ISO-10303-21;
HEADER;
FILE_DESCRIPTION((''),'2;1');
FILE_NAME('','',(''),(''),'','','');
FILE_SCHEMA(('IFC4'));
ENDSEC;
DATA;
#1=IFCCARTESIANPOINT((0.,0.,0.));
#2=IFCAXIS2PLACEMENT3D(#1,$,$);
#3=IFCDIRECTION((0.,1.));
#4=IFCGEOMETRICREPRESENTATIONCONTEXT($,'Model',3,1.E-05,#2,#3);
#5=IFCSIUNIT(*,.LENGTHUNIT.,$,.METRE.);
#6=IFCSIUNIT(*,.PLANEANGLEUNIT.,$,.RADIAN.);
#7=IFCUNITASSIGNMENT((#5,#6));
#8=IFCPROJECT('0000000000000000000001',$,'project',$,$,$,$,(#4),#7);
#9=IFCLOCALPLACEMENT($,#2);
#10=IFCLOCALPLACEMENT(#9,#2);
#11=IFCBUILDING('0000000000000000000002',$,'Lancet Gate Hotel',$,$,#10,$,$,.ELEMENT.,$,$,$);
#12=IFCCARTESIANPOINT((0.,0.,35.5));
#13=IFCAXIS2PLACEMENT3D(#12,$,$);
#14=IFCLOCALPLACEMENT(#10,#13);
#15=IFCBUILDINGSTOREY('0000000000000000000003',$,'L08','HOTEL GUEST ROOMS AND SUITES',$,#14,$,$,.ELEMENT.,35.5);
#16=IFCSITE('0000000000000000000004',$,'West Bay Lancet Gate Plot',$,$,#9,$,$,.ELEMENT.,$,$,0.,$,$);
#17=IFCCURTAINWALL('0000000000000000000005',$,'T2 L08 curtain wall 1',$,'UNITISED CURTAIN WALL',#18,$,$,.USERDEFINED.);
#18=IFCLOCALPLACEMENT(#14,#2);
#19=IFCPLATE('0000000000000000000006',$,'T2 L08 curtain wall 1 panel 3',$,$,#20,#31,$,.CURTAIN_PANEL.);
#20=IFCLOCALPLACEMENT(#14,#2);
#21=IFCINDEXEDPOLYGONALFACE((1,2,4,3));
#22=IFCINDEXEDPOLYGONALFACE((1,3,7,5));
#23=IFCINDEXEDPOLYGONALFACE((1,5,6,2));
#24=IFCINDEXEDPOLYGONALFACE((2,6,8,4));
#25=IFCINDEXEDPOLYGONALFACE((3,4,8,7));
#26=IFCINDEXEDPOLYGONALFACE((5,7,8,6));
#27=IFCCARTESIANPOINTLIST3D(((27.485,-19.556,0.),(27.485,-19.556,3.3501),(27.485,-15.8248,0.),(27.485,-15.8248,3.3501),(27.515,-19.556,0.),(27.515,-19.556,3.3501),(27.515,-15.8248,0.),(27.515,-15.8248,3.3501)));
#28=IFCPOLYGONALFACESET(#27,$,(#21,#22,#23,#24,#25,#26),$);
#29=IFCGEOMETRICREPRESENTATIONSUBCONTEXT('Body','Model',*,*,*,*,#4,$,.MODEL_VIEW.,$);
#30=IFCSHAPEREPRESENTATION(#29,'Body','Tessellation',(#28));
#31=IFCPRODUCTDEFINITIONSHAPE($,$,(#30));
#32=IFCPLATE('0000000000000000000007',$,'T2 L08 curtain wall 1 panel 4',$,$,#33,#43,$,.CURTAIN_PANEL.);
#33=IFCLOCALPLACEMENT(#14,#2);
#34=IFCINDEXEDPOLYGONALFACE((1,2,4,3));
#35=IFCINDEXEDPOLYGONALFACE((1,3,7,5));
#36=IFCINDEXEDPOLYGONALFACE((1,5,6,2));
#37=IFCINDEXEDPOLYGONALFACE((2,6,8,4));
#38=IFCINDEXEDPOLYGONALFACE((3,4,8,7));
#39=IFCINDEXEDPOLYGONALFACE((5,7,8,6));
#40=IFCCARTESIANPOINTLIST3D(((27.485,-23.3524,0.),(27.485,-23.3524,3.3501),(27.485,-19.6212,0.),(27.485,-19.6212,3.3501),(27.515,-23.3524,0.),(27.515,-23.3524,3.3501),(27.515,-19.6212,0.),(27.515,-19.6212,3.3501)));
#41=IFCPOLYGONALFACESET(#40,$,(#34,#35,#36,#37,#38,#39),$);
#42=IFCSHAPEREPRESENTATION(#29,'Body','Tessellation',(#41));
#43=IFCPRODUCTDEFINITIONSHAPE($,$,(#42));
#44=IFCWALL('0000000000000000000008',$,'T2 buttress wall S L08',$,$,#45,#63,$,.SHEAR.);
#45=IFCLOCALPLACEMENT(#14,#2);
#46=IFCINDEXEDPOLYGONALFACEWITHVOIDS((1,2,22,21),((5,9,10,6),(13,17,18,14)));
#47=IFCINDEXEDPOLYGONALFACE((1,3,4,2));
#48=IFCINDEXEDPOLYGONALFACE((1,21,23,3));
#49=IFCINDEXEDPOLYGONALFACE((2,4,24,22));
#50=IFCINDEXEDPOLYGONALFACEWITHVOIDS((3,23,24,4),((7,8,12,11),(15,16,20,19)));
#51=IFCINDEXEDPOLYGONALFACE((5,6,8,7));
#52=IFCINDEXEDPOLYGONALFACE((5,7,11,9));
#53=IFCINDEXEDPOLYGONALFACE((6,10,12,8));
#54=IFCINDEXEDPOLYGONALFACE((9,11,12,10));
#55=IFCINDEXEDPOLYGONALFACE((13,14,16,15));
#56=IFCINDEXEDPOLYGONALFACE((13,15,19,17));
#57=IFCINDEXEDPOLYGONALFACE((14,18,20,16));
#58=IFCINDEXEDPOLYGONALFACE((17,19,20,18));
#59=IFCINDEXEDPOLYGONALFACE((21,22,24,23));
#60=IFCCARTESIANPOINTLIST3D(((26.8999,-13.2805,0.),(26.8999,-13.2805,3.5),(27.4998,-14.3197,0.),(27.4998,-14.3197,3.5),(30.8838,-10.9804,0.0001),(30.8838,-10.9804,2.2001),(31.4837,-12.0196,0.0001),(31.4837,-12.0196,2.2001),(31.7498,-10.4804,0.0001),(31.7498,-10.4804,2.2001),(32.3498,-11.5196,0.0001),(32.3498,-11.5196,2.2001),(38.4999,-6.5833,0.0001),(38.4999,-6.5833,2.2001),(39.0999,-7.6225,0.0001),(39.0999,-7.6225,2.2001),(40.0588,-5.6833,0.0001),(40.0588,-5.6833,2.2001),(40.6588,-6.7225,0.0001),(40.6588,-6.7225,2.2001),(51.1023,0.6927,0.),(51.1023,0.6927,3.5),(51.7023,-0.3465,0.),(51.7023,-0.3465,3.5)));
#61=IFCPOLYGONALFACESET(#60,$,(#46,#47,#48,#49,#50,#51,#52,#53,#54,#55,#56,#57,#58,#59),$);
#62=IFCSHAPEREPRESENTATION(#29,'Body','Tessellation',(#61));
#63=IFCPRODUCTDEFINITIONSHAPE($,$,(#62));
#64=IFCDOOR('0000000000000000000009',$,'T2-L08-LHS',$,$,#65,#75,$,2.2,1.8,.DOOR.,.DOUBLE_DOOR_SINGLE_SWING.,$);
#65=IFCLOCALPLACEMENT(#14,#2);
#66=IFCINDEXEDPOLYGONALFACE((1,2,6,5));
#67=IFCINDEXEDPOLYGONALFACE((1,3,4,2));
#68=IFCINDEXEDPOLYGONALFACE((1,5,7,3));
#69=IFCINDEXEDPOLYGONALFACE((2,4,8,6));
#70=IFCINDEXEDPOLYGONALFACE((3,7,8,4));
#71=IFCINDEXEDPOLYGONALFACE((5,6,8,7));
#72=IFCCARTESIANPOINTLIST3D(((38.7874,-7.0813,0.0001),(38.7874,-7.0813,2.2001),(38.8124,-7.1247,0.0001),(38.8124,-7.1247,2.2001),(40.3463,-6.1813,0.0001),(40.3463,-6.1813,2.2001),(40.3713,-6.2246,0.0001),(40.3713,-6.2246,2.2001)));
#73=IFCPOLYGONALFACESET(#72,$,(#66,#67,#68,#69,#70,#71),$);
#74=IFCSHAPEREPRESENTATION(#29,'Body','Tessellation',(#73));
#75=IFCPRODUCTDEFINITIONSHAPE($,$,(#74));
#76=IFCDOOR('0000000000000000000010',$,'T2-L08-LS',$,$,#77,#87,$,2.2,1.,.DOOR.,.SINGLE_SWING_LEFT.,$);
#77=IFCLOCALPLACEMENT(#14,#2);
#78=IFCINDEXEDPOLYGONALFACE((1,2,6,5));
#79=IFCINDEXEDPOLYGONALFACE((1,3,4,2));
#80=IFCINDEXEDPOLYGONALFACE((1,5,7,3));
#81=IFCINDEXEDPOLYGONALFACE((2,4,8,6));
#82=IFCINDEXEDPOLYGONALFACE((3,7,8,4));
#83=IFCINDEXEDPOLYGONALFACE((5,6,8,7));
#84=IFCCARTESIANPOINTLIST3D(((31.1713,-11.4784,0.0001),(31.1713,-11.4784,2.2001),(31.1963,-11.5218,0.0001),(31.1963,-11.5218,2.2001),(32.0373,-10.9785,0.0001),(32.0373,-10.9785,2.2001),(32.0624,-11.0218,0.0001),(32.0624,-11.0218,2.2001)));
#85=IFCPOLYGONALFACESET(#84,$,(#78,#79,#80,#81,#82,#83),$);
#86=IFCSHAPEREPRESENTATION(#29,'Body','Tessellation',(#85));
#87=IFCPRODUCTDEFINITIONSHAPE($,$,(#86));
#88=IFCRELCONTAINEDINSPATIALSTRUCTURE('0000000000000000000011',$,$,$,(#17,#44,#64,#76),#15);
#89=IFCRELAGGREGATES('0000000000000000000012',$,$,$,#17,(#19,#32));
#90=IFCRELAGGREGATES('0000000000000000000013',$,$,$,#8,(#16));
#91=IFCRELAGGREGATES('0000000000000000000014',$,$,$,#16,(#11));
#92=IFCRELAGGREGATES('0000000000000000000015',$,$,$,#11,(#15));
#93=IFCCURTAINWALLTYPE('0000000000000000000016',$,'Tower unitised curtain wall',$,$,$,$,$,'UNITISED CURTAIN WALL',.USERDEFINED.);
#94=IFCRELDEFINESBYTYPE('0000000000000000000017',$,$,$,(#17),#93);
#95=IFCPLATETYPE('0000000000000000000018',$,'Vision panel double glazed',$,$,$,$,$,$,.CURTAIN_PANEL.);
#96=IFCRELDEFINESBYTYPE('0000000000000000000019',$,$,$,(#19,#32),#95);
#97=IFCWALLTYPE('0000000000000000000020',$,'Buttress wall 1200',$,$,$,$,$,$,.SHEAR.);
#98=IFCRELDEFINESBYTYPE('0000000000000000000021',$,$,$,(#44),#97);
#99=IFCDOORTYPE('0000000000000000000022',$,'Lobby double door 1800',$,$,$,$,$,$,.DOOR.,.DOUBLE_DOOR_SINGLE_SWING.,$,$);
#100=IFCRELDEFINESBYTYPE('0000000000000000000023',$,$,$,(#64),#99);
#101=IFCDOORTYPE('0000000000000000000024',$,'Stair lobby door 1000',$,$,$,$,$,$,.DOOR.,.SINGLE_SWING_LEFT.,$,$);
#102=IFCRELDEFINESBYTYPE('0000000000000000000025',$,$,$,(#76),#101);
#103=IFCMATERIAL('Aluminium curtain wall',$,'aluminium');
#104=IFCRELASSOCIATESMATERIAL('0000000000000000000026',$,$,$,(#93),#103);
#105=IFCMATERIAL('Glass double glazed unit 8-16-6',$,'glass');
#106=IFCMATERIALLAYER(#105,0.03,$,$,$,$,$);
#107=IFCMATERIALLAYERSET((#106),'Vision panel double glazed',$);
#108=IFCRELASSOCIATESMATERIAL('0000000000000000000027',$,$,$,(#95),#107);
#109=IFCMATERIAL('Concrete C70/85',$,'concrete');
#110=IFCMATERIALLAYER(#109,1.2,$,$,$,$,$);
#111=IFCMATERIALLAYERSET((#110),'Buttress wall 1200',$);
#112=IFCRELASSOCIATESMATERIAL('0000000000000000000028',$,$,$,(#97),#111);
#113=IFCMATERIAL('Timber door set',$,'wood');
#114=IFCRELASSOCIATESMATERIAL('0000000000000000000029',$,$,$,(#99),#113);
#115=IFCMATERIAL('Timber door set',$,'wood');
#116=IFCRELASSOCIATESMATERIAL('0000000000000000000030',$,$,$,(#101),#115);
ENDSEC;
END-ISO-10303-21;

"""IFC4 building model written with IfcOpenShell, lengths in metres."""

from ifc_helpers import new_model, si_unit, direction, frame, frame_2d, origin, origin_2d, place, context, subcontext, project, spatial, rectangle, extrude, material, layer, layer_set, type_object, element, fill, aggregate, save


model = new_model("IFC4")

# Units and contexts
model_context = context("Model", 3, precision=1e-05, world=origin(), true_north=direction((0.0, 1.0)))
body_context = subcontext(model_context, "Body", "Model", "MODEL_VIEW")
ifc_project = project(units=[si_unit("LENGTHUNIT", "METRE"), si_unit("PLANEANGLEUNIT", "RADIAN")], contexts=[model_context])

# Site, building, storey
site_placement = place(None, origin())
site = spatial("IfcSite", under=ifc_project, at=site_placement, Name="West Bay Lancet Gate Plot", CompositionType="ELEMENT", RefElevation=0.0)
building_placement = place(site_placement, origin())
building = spatial("IfcBuilding", under=site, at=building_placement, Name="Lancet Gate Hotel", CompositionType="ELEMENT")
storey_placement = place(building_placement, frame((0.0, 0.0, 35.5)))
storey = spatial("IfcBuildingStorey", under=building, at=storey_placement, Name="L08", Description="HOTEL GUEST ROOMS AND SUITES", CompositionType="ELEMENT", Elevation=35.5)

# Curtain wall
ifc_material_1 = material(Name="Aluminium curtain wall", Category="aluminium")
curtain_wall_type = type_object("IfcCurtainWallType", Name="Tower unitised curtain wall", ElementType="UNITISED CURTAIN WALL", PredefinedType="USERDEFINED", material=ifc_material_1)
curtain_wall_placement = place(storey_placement, origin())
curtain_wall = element("IfcCurtainWall", 1, at=curtain_wall_placement, inside=storey, type_object=curtain_wall_type, Name="T2 L08 curtain wall 1", ObjectType="UNITISED CURTAIN WALL", PredefinedType="USERDEFINED")

# Plates
ifc_material_2 = material(Name="Glass double glazed unit 8-16-6", Category="glass")
ifc_layer_1 = layer(ifc_material_2, 0.03)
ifc_layer_set_1 = layer_set([ifc_layer_1], Name="Vision panel double glazed")
plate_type = type_object("IfcPlateType", Name="Vision panel double glazed", PredefinedType="CURTAIN_PANEL", material=ifc_layer_set_1)
plate_1_placement = place(storey_placement, frame((27.5, -17.6904, 0.0), z_axis=(0.0, 0.0, 1.0), x_axis=(0.0, -1.0, 0.0)))
plate_1 = element("IfcPlate", 2, at=plate_1_placement, type_object=plate_type, Name="T2 L08 curtain wall 1 panel 3", PredefinedType="CURTAIN_PANEL", context=body_context, shape_type="SweptSolid", body=[
    extrude(rectangle(XDim=3.7312, YDim=0.03, at=origin_2d()), origin(), (0.0, 0.0, 1.0), 3.3501),
])
plate_2_placement = place(storey_placement, frame((27.5, -21.4868, 0.0), z_axis=(0.0, 0.0, 1.0), x_axis=(0.0, -1.0, 0.0)))
plate_2 = element("IfcPlate", 3, at=plate_2_placement, type_object=plate_type, Name="T2 L08 curtain wall 1 panel 4", PredefinedType="CURTAIN_PANEL", context=body_context, shape_type="SweptSolid", body=[
    extrude(rectangle(XDim=3.7312, YDim=0.03, at=origin_2d()), origin(), (0.0, 0.0, 1.0), 3.3501),
])
aggregate(curtain_wall, [plate_1, plate_2])

# Wall, openings, doors
ifc_material_3 = material(Name="Concrete C70/85", Category="concrete")
ifc_layer_2 = layer(ifc_material_3, 1.2)
ifc_layer_set_2 = layer_set([ifc_layer_2], Name="Buttress wall 1200")
wall_type = type_object("IfcWallType", Name="Buttress wall 1200", PredefinedType="SHEAR", material=ifc_layer_set_2)
wall_placement = place(storey_placement, frame((27.2, -13.8, 0.0), z_axis=(0.0, 0.0, 1.0), x_axis=(0.866027, 0.499997, 0.0)))
wall = element("IfcWall", 4, at=wall_placement, inside=storey, type_object=wall_type, Name="T2 buttress wall S L08", PredefinedType="SHEAR", context=body_context, shape_type="SweptSolid", body=[
    extrude(rectangle(XDim=27.9465, YDim=1.2, at=frame_2d((13.9731, 0.0))), origin(), (0.0, 0.0, 1.0), 3.5),
])
opening_1_placement = place(wall_placement, frame((4.6001, 0.0, 0.0)))
opening_1 = element("IfcOpeningElement", 5, at=opening_1_placement, cuts=wall, PredefinedType="OPENING", context=body_context, shape_type="SweptSolid", body=[
    extrude(rectangle(XDim=1.0, YDim=2.2, at=frame_2d((0.5, 1.1001))), frame((0.0, 0.6099, 0.0), z_axis=(0.0, -1.0, 0.0), x_axis=(1.0, 0.0, 0.0)), (0.0, 0.0, 1.0), 1.22),
])
opening_2_placement = place(wall_placement, frame((13.3945, 0.0, 0.0)))
opening_2 = element("IfcOpeningElement", 6, at=opening_2_placement, cuts=wall, PredefinedType="OPENING", context=body_context, shape_type="SweptSolid", body=[
    extrude(rectangle(XDim=1.8, YDim=2.2, at=frame_2d((0.8999, 1.1001))), frame((0.0, 0.6099, 0.0), z_axis=(0.0, -1.0, 0.0), x_axis=(1.0, 0.0, 0.0)), (0.0, 0.0, 1.0), 1.22),
])
ifc_material_4 = material(Name="Timber door set", Category="wood")
door_type_1 = type_object("IfcDoorType", Name="Lobby double door 1800", OperationType="DOUBLE_DOOR_SINGLE_SWING", PredefinedType="DOOR", material=ifc_material_4)
door_1_placement = place(opening_2_placement, origin())
door_1 = element("IfcDoor", 7, at=door_1_placement, inside=storey, type_object=door_type_1, Name="T2-L08-LHS", OperationType="DOUBLE_DOOR_SINGLE_SWING", OverallHeight=2.2, OverallWidth=1.8, PredefinedType="DOOR", context=body_context, shape_type="SweptSolid", body=[
    extrude(rectangle(XDim=1.8, YDim=2.2, at=frame_2d((0.8999, 1.1001))), frame((0.0, 0.0249, 0.0), z_axis=(0.0, -1.0, 0.0), x_axis=(1.0, 0.0, 0.0)), (0.0, 0.0, 1.0), 0.05),
])
fill(opening_2, door_1)
ifc_material_5 = material(Name="Timber door set", Category="wood")
door_type_2 = type_object("IfcDoorType", Name="Stair lobby door 1000", OperationType="SINGLE_SWING_LEFT", PredefinedType="DOOR", material=ifc_material_5)
door_2_placement = place(opening_1_placement, origin())
door_2 = element("IfcDoor", 8, at=door_2_placement, inside=storey, type_object=door_type_2, Name="T2-L08-LS", OperationType="SINGLE_SWING_LEFT", OverallHeight=2.2, OverallWidth=1.0, PredefinedType="DOOR", context=body_context, shape_type="SweptSolid", body=[
    extrude(rectangle(XDim=1.0, YDim=2.2, at=frame_2d((0.5, 1.1001))), frame((0.0, 0.0249, 0.0), z_axis=(0.0, -1.0, 0.0), x_axis=(1.0, 0.0, 0.0)), (0.0, 0.0, 1.0), 0.05),
])
fill(opening_1, door_2)

save(model, "model.ifc")
